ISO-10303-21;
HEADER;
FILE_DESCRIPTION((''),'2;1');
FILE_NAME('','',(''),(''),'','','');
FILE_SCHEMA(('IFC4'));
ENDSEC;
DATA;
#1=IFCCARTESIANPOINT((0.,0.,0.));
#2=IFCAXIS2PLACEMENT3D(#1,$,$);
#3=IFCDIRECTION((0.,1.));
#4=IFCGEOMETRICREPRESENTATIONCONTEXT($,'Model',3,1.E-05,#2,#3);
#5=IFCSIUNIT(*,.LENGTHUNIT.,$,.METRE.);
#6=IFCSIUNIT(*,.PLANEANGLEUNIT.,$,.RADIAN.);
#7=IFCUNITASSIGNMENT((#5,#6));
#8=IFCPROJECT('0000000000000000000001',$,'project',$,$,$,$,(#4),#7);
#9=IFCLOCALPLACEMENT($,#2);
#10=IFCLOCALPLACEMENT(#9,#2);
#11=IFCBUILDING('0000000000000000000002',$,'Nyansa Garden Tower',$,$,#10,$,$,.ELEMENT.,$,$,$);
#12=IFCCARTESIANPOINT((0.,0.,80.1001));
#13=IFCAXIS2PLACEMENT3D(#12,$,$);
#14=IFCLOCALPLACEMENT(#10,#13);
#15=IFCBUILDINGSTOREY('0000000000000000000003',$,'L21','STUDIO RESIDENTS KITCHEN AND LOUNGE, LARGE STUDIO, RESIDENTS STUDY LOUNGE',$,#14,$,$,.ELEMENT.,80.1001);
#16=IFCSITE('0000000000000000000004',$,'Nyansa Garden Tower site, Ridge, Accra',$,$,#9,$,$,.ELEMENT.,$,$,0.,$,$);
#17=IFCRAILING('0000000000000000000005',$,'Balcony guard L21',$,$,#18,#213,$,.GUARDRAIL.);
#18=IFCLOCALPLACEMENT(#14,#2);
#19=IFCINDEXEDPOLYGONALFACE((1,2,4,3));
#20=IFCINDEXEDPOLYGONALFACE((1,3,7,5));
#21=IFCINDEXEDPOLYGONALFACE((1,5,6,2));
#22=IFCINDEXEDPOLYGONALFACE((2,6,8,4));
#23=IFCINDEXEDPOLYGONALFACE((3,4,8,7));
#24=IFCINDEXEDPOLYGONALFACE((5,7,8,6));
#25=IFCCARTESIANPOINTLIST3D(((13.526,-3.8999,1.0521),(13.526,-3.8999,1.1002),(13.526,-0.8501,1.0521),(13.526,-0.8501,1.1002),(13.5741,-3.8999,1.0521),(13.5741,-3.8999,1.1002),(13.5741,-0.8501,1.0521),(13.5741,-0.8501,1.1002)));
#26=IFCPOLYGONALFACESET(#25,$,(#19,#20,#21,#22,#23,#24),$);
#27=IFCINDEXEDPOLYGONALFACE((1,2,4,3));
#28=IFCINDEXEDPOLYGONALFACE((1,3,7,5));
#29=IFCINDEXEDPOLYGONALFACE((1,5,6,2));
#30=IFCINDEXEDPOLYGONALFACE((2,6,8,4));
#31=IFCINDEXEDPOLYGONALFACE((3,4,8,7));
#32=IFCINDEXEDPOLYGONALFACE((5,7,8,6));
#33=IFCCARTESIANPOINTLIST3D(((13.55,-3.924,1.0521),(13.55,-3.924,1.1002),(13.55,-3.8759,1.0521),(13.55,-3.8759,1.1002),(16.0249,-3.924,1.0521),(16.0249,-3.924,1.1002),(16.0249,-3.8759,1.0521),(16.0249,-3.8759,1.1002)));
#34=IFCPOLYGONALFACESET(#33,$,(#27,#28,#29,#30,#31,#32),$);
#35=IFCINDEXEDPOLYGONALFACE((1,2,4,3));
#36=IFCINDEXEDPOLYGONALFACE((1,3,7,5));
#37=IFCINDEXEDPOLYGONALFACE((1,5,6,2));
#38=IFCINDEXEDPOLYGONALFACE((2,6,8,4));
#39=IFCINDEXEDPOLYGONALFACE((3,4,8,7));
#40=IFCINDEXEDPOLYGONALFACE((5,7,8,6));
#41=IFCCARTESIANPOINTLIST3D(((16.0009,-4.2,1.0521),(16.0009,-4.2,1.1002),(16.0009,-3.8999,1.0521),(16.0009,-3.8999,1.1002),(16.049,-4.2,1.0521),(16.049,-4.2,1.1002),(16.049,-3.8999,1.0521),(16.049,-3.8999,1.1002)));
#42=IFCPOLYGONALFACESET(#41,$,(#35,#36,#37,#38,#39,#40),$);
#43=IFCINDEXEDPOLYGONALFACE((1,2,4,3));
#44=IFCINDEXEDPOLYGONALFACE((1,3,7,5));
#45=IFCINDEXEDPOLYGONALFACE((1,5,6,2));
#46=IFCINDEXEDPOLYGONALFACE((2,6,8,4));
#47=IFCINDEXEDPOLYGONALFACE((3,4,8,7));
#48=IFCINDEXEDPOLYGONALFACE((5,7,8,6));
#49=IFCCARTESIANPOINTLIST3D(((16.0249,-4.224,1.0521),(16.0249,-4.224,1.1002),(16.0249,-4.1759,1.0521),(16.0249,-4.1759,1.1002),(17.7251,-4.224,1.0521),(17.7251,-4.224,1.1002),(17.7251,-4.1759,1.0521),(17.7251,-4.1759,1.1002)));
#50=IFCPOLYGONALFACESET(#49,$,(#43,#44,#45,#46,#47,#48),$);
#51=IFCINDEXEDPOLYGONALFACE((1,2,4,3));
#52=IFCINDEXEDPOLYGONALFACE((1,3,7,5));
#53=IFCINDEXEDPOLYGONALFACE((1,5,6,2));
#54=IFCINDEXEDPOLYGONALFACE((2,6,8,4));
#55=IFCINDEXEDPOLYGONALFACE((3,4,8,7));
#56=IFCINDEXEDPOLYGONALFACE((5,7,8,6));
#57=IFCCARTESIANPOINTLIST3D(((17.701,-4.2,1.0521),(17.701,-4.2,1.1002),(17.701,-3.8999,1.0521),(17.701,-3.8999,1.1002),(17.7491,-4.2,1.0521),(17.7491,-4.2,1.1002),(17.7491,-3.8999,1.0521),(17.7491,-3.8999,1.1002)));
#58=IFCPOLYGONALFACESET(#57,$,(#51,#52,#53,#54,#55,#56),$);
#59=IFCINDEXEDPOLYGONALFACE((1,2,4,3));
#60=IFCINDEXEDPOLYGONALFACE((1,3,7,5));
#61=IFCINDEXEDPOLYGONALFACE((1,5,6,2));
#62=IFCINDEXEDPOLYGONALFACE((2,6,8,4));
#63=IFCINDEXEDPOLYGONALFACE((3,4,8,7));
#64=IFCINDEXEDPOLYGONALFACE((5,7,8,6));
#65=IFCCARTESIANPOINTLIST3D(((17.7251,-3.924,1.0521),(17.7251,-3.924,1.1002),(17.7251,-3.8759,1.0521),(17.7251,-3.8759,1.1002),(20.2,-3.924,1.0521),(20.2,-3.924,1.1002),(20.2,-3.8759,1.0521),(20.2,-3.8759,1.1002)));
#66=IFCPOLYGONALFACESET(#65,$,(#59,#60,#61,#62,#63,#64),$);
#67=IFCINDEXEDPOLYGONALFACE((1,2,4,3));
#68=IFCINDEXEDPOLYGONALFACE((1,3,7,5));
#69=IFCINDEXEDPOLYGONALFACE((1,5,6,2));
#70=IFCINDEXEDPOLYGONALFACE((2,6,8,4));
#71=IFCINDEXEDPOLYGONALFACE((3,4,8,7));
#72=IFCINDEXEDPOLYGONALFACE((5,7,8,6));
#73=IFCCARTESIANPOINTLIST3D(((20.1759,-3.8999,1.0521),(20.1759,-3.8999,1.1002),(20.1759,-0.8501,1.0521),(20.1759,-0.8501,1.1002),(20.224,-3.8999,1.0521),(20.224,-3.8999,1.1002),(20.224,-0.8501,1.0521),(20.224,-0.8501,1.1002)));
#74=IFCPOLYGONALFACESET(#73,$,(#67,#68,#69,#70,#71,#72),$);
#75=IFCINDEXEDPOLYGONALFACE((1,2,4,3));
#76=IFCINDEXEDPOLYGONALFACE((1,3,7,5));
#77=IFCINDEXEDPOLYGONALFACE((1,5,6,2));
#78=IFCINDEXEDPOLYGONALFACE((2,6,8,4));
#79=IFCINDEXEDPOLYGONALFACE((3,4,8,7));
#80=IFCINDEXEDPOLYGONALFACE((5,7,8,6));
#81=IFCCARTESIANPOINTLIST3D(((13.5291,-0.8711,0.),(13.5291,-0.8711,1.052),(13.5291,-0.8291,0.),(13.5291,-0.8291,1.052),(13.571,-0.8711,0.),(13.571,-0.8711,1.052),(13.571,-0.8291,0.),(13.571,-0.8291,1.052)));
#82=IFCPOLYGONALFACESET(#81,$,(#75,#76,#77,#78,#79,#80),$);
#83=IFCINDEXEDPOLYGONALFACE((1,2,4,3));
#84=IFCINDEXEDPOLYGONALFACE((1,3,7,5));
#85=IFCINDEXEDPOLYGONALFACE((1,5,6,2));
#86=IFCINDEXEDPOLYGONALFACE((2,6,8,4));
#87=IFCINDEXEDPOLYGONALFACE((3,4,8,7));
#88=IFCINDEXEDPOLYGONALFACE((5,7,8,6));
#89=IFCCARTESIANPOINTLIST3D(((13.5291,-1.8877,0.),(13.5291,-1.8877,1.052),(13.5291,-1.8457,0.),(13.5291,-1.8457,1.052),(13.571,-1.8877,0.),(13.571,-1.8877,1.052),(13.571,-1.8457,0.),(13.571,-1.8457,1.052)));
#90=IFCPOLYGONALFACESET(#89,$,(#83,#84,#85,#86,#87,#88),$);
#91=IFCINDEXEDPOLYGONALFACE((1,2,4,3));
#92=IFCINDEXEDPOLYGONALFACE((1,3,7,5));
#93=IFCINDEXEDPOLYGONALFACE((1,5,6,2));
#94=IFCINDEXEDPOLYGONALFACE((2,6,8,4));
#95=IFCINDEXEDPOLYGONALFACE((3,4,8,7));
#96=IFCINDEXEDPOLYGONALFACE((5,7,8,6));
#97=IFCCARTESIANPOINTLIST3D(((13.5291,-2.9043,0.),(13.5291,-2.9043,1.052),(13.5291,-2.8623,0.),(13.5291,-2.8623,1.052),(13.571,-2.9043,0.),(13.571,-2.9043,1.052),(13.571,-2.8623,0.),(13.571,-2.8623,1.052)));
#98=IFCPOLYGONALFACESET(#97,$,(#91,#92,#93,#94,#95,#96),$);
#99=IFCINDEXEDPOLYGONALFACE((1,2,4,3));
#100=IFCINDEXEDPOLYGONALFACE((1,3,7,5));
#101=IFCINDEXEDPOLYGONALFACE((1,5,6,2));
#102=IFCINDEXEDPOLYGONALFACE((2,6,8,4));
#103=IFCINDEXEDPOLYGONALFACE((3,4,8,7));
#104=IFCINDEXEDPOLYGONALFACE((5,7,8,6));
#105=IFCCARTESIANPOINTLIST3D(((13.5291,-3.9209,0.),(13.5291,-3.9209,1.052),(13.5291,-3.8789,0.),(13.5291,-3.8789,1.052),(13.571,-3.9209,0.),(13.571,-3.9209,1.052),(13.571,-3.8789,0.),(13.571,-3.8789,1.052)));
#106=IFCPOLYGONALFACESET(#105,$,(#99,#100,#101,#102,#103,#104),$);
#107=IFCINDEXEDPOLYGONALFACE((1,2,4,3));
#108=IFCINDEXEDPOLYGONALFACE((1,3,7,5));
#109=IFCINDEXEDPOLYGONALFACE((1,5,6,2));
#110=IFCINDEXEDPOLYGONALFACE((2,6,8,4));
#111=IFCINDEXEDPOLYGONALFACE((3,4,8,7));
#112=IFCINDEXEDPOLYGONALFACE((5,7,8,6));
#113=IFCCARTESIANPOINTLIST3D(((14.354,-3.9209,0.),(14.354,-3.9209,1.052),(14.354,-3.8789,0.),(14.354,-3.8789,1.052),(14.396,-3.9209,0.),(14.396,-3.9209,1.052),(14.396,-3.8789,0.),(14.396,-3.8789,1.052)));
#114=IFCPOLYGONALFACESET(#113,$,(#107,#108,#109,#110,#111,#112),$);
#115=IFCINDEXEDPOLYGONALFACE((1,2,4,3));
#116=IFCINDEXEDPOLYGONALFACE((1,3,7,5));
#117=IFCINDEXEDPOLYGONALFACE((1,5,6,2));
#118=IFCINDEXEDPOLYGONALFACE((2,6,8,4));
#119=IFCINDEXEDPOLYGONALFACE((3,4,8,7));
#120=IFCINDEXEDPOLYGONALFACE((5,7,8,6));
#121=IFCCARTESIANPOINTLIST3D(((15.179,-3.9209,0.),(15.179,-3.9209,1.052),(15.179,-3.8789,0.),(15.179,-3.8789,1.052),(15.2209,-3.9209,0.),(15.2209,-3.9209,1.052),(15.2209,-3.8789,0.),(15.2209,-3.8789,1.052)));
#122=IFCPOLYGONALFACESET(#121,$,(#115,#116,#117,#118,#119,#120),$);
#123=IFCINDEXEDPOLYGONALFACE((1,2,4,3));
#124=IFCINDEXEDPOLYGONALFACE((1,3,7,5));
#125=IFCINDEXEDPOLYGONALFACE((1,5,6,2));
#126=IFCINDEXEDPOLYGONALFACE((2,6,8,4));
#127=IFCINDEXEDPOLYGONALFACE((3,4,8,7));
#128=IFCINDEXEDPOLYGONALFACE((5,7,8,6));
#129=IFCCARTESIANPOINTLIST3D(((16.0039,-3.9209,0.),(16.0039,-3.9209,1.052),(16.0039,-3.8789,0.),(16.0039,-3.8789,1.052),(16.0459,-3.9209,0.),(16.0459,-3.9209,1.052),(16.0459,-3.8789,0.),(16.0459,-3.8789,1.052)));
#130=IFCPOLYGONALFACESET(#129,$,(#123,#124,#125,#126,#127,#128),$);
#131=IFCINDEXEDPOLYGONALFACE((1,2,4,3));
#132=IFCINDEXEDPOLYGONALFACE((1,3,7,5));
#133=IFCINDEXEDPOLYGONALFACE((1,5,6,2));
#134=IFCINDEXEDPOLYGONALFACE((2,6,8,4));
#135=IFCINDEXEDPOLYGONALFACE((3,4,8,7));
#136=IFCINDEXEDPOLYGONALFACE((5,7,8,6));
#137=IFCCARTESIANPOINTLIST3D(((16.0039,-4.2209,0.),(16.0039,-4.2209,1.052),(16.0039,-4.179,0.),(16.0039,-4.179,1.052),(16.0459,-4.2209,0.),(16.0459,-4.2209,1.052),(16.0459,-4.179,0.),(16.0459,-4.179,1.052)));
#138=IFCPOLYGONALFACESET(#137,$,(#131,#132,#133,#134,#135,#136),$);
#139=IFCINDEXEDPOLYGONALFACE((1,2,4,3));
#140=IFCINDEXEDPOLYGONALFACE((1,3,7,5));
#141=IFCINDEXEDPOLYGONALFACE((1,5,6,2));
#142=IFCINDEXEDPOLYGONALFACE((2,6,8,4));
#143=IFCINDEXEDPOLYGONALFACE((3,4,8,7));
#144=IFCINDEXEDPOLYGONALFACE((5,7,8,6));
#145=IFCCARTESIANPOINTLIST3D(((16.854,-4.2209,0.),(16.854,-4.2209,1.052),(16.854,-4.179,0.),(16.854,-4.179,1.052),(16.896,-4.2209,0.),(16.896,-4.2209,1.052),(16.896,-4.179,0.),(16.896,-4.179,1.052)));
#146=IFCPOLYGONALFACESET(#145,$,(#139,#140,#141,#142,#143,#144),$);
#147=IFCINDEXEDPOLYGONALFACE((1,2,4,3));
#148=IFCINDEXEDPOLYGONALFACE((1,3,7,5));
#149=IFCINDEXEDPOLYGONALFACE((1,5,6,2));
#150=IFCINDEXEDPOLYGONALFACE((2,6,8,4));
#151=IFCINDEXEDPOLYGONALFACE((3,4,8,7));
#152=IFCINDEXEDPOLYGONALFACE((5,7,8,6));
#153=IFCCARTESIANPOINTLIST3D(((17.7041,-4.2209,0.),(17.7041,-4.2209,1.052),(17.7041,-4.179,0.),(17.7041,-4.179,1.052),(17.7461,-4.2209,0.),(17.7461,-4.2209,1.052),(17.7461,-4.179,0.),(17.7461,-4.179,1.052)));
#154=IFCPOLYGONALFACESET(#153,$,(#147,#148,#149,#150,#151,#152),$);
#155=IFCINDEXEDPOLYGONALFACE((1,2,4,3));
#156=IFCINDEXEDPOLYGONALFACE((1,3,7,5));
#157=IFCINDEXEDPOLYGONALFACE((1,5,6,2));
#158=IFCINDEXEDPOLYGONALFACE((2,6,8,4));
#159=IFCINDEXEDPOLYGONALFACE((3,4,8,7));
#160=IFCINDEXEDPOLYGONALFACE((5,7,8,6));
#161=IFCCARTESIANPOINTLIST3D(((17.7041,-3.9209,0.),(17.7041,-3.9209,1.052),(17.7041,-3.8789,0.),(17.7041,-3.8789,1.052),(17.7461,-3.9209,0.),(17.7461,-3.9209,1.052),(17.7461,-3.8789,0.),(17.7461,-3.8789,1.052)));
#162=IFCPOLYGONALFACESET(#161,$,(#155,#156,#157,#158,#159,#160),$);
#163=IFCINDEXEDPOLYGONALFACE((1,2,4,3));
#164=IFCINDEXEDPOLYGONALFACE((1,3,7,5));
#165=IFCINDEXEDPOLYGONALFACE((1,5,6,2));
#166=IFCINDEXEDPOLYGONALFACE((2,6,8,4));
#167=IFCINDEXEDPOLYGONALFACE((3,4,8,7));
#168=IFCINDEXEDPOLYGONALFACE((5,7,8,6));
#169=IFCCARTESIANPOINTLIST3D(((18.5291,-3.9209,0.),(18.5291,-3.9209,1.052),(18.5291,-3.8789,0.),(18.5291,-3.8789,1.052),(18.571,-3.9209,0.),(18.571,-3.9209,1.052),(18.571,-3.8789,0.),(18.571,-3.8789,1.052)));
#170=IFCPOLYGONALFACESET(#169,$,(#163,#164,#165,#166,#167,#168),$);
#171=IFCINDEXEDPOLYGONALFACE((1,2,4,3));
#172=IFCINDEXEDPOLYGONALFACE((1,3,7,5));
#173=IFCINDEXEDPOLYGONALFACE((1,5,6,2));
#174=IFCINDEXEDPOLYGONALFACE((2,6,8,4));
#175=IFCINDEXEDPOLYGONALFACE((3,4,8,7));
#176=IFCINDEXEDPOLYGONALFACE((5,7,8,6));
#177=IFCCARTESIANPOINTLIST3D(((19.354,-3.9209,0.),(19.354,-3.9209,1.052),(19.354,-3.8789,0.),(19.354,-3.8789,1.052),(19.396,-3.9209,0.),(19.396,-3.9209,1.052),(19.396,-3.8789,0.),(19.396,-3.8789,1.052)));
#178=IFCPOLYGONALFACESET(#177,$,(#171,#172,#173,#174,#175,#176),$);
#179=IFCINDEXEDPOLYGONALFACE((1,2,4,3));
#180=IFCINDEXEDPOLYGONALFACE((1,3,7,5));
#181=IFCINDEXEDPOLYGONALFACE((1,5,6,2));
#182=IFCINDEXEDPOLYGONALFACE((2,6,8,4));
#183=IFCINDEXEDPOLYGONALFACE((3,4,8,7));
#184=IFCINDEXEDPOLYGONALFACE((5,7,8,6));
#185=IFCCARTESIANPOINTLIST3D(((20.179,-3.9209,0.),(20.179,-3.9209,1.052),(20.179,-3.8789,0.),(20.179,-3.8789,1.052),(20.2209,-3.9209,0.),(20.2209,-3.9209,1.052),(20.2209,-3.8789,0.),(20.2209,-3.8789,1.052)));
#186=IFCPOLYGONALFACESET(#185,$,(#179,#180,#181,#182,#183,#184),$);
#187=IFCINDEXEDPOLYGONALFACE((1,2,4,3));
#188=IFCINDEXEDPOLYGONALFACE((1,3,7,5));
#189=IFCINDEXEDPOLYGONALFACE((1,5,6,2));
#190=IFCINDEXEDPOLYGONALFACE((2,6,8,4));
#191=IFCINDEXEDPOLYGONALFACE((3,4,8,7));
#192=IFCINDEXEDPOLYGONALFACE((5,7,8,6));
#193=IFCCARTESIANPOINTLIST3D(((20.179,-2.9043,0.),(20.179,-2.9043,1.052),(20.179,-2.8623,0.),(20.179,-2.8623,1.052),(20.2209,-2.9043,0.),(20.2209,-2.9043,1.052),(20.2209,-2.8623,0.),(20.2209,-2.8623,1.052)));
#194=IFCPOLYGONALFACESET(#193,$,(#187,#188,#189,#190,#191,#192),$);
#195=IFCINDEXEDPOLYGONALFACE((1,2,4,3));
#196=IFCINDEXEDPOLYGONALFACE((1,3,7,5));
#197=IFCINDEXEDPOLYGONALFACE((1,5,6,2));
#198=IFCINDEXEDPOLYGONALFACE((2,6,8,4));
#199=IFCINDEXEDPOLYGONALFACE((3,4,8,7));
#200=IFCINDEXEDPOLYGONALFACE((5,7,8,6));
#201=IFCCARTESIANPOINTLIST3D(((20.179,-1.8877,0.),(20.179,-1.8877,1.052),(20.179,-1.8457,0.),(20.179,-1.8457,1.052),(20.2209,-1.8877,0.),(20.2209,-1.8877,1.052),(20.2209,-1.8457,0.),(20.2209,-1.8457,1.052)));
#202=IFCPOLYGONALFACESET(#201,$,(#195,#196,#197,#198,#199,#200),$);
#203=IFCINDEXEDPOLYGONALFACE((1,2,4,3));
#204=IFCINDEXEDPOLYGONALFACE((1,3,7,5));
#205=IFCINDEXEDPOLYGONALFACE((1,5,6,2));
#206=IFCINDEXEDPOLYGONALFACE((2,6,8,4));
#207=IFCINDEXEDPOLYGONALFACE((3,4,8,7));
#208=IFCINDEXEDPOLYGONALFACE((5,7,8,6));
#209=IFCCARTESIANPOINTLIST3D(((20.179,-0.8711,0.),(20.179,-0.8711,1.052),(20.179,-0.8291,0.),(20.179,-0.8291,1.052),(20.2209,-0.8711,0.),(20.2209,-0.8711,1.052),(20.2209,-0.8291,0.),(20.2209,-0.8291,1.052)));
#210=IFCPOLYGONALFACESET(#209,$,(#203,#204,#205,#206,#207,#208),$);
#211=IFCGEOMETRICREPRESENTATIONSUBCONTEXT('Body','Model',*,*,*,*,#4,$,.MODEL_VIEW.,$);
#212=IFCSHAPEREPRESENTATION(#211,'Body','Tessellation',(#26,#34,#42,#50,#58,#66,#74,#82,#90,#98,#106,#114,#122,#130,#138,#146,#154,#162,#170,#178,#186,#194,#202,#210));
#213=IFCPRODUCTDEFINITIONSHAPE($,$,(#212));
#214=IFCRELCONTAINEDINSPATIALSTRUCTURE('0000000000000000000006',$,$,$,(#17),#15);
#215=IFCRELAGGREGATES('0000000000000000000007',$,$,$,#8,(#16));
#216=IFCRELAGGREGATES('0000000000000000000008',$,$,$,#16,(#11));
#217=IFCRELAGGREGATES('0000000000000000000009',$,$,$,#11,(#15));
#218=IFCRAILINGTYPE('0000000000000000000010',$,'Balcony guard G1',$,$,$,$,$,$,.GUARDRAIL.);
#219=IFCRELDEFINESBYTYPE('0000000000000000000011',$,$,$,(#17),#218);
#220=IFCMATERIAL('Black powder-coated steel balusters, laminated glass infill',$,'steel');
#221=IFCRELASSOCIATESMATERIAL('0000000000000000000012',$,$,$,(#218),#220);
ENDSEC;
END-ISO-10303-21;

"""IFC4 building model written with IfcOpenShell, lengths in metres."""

from ifc_helpers import new_model, si_unit, direction, frame, origin, origin_2d, place, context, subcontext, project, spatial, rectangle, extrude, material, type_object, element, save


model = new_model("IFC4")

# Units and contexts
model_context = context("Model", 3, precision=1e-05, world=origin(), true_north=direction((0.0, 1.0)))
body_context = subcontext(model_context, "Body", "Model", "MODEL_VIEW")
ifc_project = project(units=[si_unit("LENGTHUNIT", "METRE"), si_unit("PLANEANGLEUNIT", "RADIAN")], contexts=[model_context])

# Site, building, storey
site_placement = place(None, origin())
site = spatial("IfcSite", under=ifc_project, at=site_placement, Name="Nyansa Garden Tower site, Ridge, Accra", CompositionType="ELEMENT", RefElevation=0.0)
building_placement = place(site_placement, origin())
building = spatial("IfcBuilding", under=site, at=building_placement, Name="Nyansa Garden Tower", CompositionType="ELEMENT")
storey_placement = place(building_placement, frame((0.0, 0.0, 80.1001)))
storey = spatial("IfcBuildingStorey", under=building, at=storey_placement, Name="L21", Description="STUDIO RESIDENTS KITCHEN AND LOUNGE, LARGE STUDIO, RESIDENTS STUDY LOUNGE", CompositionType="ELEMENT", Elevation=80.1001)

# Railing
ifc_material_1 = material(Name="Black powder-coated steel balusters, laminated glass infill", Category="steel")
railing_type = type_object("IfcRailingType", Name="Balcony guard G1", PredefinedType="GUARDRAIL", material=ifc_material_1)
railing_placement = place(storey_placement, frame((13.55, -0.8501, 0.0)))
element("IfcRailing", 1, at=railing_placement, inside=storey, type_object=railing_type, Name="Balcony guard L21", PredefinedType="GUARDRAIL", context=body_context, shape_type="SweptSolid", body=[
    extrude(rectangle(XDim=0.0481, YDim=0.0481, at=origin_2d()), frame((0.0, 0.0, 1.0762), z_axis=(0.0, -1.0, 0.0), x_axis=(1.0, 0.0, 0.0)), (0.0, 0.0, 1.0), 3.0498),
    extrude(rectangle(XDim=0.0481, YDim=0.0481, at=origin_2d()), frame((0.0, -3.0498, 1.0762), z_axis=(1.0, 0.0, 0.0), x_axis=(0.0, 1.0, 0.0)), (0.0, 0.0, 1.0), 2.4749),
    extrude(rectangle(XDim=0.0481, YDim=0.0481, at=origin_2d()), frame((2.4749, -3.0498, 1.0762), z_axis=(0.0, -1.0, 0.0), x_axis=(1.0, 0.0, 0.0)), (0.0, 0.0, 1.0), 0.3),
    extrude(rectangle(XDim=0.0481, YDim=0.0481, at=origin_2d()), frame((2.4749, -3.3499, 1.0762), z_axis=(1.0, 0.0, 0.0), x_axis=(0.0, 1.0, 0.0)), (0.0, 0.0, 1.0), 1.7002),
    extrude(rectangle(XDim=0.0481, YDim=0.0481, at=origin_2d()), frame((4.175, -3.3499, 1.0762), z_axis=(0.0, 1.0, 0.0), x_axis=(-1.0, 0.0, 0.0)), (0.0, 0.0, 1.0), 0.3),
    extrude(rectangle(XDim=0.0481, YDim=0.0481, at=origin_2d()), frame((4.175, -3.0498, 1.0762), z_axis=(1.0, 0.0, 0.0), x_axis=(0.0, 1.0, 0.0)), (0.0, 0.0, 1.0), 2.4749),
    extrude(rectangle(XDim=0.0481, YDim=0.0481, at=origin_2d()), frame((6.6499, -3.0498, 1.0762), z_axis=(0.0, 1.0, 0.0), x_axis=(-1.0, 0.0, 0.0)), (0.0, 0.0, 1.0), 3.0498),
    extrude(rectangle(XDim=0.042, YDim=0.042, at=origin_2d()), origin(), (0.0, 0.0, 1.0), 1.052),
    extrude(rectangle(XDim=0.042, YDim=0.042, at=origin_2d()), frame((0.0, -1.0166, 0.0)), (0.0, 0.0, 1.0), 1.052),
    extrude(rectangle(XDim=0.042, YDim=0.042, at=origin_2d()), frame((0.0, -2.0332, 0.0)), (0.0, 0.0, 1.0), 1.052),
    extrude(rectangle(XDim=0.042, YDim=0.042, at=origin_2d()), frame((0.0, -3.0498, 0.0)), (0.0, 0.0, 1.0), 1.052),
    extrude(rectangle(XDim=0.042, YDim=0.042, at=origin_2d()), frame((0.825, -3.0498, 0.0)), (0.0, 0.0, 1.0), 1.052),
    extrude(rectangle(XDim=0.042, YDim=0.042, at=origin_2d()), frame((1.6499, -3.0498, 0.0)), (0.0, 0.0, 1.0), 1.052),
    extrude(rectangle(XDim=0.042, YDim=0.042, at=origin_2d()), frame((2.4749, -3.0498, 0.0)), (0.0, 0.0, 1.0), 1.052),
    extrude(rectangle(XDim=0.042, YDim=0.042, at=origin_2d()), frame((2.4749, -3.3499, 0.0)), (0.0, 0.0, 1.0), 1.052),
    extrude(rectangle(XDim=0.042, YDim=0.042, at=origin_2d()), frame((3.325, -3.3499, 0.0)), (0.0, 0.0, 1.0), 1.052),
    extrude(rectangle(XDim=0.042, YDim=0.042, at=origin_2d()), frame((4.175, -3.3499, 0.0)), (0.0, 0.0, 1.0), 1.052),
    extrude(rectangle(XDim=0.042, YDim=0.042, at=origin_2d()), frame((4.175, -3.0498, 0.0)), (0.0, 0.0, 1.0), 1.052),
    extrude(rectangle(XDim=0.042, YDim=0.042, at=origin_2d()), frame((5.0, -3.0498, 0.0)), (0.0, 0.0, 1.0), 1.052),
    extrude(rectangle(XDim=0.042, YDim=0.042, at=origin_2d()), frame((5.825, -3.0498, 0.0)), (0.0, 0.0, 1.0), 1.052),
    extrude(rectangle(XDim=0.042, YDim=0.042, at=origin_2d()), frame((6.6499, -3.0498, 0.0)), (0.0, 0.0, 1.0), 1.052),
    extrude(rectangle(XDim=0.042, YDim=0.042, at=origin_2d()), frame((6.6499, -2.0332, 0.0)), (0.0, 0.0, 1.0), 1.052),
    extrude(rectangle(XDim=0.042, YDim=0.042, at=origin_2d()), frame((6.6499, -1.0166, 0.0)), (0.0, 0.0, 1.0), 1.052),
    extrude(rectangle(XDim=0.042, YDim=0.042, at=origin_2d()), frame((6.6499, 0.0, 0.0)), (0.0, 0.0, 1.0), 1.052),
])

save(model, "model.ifc")
